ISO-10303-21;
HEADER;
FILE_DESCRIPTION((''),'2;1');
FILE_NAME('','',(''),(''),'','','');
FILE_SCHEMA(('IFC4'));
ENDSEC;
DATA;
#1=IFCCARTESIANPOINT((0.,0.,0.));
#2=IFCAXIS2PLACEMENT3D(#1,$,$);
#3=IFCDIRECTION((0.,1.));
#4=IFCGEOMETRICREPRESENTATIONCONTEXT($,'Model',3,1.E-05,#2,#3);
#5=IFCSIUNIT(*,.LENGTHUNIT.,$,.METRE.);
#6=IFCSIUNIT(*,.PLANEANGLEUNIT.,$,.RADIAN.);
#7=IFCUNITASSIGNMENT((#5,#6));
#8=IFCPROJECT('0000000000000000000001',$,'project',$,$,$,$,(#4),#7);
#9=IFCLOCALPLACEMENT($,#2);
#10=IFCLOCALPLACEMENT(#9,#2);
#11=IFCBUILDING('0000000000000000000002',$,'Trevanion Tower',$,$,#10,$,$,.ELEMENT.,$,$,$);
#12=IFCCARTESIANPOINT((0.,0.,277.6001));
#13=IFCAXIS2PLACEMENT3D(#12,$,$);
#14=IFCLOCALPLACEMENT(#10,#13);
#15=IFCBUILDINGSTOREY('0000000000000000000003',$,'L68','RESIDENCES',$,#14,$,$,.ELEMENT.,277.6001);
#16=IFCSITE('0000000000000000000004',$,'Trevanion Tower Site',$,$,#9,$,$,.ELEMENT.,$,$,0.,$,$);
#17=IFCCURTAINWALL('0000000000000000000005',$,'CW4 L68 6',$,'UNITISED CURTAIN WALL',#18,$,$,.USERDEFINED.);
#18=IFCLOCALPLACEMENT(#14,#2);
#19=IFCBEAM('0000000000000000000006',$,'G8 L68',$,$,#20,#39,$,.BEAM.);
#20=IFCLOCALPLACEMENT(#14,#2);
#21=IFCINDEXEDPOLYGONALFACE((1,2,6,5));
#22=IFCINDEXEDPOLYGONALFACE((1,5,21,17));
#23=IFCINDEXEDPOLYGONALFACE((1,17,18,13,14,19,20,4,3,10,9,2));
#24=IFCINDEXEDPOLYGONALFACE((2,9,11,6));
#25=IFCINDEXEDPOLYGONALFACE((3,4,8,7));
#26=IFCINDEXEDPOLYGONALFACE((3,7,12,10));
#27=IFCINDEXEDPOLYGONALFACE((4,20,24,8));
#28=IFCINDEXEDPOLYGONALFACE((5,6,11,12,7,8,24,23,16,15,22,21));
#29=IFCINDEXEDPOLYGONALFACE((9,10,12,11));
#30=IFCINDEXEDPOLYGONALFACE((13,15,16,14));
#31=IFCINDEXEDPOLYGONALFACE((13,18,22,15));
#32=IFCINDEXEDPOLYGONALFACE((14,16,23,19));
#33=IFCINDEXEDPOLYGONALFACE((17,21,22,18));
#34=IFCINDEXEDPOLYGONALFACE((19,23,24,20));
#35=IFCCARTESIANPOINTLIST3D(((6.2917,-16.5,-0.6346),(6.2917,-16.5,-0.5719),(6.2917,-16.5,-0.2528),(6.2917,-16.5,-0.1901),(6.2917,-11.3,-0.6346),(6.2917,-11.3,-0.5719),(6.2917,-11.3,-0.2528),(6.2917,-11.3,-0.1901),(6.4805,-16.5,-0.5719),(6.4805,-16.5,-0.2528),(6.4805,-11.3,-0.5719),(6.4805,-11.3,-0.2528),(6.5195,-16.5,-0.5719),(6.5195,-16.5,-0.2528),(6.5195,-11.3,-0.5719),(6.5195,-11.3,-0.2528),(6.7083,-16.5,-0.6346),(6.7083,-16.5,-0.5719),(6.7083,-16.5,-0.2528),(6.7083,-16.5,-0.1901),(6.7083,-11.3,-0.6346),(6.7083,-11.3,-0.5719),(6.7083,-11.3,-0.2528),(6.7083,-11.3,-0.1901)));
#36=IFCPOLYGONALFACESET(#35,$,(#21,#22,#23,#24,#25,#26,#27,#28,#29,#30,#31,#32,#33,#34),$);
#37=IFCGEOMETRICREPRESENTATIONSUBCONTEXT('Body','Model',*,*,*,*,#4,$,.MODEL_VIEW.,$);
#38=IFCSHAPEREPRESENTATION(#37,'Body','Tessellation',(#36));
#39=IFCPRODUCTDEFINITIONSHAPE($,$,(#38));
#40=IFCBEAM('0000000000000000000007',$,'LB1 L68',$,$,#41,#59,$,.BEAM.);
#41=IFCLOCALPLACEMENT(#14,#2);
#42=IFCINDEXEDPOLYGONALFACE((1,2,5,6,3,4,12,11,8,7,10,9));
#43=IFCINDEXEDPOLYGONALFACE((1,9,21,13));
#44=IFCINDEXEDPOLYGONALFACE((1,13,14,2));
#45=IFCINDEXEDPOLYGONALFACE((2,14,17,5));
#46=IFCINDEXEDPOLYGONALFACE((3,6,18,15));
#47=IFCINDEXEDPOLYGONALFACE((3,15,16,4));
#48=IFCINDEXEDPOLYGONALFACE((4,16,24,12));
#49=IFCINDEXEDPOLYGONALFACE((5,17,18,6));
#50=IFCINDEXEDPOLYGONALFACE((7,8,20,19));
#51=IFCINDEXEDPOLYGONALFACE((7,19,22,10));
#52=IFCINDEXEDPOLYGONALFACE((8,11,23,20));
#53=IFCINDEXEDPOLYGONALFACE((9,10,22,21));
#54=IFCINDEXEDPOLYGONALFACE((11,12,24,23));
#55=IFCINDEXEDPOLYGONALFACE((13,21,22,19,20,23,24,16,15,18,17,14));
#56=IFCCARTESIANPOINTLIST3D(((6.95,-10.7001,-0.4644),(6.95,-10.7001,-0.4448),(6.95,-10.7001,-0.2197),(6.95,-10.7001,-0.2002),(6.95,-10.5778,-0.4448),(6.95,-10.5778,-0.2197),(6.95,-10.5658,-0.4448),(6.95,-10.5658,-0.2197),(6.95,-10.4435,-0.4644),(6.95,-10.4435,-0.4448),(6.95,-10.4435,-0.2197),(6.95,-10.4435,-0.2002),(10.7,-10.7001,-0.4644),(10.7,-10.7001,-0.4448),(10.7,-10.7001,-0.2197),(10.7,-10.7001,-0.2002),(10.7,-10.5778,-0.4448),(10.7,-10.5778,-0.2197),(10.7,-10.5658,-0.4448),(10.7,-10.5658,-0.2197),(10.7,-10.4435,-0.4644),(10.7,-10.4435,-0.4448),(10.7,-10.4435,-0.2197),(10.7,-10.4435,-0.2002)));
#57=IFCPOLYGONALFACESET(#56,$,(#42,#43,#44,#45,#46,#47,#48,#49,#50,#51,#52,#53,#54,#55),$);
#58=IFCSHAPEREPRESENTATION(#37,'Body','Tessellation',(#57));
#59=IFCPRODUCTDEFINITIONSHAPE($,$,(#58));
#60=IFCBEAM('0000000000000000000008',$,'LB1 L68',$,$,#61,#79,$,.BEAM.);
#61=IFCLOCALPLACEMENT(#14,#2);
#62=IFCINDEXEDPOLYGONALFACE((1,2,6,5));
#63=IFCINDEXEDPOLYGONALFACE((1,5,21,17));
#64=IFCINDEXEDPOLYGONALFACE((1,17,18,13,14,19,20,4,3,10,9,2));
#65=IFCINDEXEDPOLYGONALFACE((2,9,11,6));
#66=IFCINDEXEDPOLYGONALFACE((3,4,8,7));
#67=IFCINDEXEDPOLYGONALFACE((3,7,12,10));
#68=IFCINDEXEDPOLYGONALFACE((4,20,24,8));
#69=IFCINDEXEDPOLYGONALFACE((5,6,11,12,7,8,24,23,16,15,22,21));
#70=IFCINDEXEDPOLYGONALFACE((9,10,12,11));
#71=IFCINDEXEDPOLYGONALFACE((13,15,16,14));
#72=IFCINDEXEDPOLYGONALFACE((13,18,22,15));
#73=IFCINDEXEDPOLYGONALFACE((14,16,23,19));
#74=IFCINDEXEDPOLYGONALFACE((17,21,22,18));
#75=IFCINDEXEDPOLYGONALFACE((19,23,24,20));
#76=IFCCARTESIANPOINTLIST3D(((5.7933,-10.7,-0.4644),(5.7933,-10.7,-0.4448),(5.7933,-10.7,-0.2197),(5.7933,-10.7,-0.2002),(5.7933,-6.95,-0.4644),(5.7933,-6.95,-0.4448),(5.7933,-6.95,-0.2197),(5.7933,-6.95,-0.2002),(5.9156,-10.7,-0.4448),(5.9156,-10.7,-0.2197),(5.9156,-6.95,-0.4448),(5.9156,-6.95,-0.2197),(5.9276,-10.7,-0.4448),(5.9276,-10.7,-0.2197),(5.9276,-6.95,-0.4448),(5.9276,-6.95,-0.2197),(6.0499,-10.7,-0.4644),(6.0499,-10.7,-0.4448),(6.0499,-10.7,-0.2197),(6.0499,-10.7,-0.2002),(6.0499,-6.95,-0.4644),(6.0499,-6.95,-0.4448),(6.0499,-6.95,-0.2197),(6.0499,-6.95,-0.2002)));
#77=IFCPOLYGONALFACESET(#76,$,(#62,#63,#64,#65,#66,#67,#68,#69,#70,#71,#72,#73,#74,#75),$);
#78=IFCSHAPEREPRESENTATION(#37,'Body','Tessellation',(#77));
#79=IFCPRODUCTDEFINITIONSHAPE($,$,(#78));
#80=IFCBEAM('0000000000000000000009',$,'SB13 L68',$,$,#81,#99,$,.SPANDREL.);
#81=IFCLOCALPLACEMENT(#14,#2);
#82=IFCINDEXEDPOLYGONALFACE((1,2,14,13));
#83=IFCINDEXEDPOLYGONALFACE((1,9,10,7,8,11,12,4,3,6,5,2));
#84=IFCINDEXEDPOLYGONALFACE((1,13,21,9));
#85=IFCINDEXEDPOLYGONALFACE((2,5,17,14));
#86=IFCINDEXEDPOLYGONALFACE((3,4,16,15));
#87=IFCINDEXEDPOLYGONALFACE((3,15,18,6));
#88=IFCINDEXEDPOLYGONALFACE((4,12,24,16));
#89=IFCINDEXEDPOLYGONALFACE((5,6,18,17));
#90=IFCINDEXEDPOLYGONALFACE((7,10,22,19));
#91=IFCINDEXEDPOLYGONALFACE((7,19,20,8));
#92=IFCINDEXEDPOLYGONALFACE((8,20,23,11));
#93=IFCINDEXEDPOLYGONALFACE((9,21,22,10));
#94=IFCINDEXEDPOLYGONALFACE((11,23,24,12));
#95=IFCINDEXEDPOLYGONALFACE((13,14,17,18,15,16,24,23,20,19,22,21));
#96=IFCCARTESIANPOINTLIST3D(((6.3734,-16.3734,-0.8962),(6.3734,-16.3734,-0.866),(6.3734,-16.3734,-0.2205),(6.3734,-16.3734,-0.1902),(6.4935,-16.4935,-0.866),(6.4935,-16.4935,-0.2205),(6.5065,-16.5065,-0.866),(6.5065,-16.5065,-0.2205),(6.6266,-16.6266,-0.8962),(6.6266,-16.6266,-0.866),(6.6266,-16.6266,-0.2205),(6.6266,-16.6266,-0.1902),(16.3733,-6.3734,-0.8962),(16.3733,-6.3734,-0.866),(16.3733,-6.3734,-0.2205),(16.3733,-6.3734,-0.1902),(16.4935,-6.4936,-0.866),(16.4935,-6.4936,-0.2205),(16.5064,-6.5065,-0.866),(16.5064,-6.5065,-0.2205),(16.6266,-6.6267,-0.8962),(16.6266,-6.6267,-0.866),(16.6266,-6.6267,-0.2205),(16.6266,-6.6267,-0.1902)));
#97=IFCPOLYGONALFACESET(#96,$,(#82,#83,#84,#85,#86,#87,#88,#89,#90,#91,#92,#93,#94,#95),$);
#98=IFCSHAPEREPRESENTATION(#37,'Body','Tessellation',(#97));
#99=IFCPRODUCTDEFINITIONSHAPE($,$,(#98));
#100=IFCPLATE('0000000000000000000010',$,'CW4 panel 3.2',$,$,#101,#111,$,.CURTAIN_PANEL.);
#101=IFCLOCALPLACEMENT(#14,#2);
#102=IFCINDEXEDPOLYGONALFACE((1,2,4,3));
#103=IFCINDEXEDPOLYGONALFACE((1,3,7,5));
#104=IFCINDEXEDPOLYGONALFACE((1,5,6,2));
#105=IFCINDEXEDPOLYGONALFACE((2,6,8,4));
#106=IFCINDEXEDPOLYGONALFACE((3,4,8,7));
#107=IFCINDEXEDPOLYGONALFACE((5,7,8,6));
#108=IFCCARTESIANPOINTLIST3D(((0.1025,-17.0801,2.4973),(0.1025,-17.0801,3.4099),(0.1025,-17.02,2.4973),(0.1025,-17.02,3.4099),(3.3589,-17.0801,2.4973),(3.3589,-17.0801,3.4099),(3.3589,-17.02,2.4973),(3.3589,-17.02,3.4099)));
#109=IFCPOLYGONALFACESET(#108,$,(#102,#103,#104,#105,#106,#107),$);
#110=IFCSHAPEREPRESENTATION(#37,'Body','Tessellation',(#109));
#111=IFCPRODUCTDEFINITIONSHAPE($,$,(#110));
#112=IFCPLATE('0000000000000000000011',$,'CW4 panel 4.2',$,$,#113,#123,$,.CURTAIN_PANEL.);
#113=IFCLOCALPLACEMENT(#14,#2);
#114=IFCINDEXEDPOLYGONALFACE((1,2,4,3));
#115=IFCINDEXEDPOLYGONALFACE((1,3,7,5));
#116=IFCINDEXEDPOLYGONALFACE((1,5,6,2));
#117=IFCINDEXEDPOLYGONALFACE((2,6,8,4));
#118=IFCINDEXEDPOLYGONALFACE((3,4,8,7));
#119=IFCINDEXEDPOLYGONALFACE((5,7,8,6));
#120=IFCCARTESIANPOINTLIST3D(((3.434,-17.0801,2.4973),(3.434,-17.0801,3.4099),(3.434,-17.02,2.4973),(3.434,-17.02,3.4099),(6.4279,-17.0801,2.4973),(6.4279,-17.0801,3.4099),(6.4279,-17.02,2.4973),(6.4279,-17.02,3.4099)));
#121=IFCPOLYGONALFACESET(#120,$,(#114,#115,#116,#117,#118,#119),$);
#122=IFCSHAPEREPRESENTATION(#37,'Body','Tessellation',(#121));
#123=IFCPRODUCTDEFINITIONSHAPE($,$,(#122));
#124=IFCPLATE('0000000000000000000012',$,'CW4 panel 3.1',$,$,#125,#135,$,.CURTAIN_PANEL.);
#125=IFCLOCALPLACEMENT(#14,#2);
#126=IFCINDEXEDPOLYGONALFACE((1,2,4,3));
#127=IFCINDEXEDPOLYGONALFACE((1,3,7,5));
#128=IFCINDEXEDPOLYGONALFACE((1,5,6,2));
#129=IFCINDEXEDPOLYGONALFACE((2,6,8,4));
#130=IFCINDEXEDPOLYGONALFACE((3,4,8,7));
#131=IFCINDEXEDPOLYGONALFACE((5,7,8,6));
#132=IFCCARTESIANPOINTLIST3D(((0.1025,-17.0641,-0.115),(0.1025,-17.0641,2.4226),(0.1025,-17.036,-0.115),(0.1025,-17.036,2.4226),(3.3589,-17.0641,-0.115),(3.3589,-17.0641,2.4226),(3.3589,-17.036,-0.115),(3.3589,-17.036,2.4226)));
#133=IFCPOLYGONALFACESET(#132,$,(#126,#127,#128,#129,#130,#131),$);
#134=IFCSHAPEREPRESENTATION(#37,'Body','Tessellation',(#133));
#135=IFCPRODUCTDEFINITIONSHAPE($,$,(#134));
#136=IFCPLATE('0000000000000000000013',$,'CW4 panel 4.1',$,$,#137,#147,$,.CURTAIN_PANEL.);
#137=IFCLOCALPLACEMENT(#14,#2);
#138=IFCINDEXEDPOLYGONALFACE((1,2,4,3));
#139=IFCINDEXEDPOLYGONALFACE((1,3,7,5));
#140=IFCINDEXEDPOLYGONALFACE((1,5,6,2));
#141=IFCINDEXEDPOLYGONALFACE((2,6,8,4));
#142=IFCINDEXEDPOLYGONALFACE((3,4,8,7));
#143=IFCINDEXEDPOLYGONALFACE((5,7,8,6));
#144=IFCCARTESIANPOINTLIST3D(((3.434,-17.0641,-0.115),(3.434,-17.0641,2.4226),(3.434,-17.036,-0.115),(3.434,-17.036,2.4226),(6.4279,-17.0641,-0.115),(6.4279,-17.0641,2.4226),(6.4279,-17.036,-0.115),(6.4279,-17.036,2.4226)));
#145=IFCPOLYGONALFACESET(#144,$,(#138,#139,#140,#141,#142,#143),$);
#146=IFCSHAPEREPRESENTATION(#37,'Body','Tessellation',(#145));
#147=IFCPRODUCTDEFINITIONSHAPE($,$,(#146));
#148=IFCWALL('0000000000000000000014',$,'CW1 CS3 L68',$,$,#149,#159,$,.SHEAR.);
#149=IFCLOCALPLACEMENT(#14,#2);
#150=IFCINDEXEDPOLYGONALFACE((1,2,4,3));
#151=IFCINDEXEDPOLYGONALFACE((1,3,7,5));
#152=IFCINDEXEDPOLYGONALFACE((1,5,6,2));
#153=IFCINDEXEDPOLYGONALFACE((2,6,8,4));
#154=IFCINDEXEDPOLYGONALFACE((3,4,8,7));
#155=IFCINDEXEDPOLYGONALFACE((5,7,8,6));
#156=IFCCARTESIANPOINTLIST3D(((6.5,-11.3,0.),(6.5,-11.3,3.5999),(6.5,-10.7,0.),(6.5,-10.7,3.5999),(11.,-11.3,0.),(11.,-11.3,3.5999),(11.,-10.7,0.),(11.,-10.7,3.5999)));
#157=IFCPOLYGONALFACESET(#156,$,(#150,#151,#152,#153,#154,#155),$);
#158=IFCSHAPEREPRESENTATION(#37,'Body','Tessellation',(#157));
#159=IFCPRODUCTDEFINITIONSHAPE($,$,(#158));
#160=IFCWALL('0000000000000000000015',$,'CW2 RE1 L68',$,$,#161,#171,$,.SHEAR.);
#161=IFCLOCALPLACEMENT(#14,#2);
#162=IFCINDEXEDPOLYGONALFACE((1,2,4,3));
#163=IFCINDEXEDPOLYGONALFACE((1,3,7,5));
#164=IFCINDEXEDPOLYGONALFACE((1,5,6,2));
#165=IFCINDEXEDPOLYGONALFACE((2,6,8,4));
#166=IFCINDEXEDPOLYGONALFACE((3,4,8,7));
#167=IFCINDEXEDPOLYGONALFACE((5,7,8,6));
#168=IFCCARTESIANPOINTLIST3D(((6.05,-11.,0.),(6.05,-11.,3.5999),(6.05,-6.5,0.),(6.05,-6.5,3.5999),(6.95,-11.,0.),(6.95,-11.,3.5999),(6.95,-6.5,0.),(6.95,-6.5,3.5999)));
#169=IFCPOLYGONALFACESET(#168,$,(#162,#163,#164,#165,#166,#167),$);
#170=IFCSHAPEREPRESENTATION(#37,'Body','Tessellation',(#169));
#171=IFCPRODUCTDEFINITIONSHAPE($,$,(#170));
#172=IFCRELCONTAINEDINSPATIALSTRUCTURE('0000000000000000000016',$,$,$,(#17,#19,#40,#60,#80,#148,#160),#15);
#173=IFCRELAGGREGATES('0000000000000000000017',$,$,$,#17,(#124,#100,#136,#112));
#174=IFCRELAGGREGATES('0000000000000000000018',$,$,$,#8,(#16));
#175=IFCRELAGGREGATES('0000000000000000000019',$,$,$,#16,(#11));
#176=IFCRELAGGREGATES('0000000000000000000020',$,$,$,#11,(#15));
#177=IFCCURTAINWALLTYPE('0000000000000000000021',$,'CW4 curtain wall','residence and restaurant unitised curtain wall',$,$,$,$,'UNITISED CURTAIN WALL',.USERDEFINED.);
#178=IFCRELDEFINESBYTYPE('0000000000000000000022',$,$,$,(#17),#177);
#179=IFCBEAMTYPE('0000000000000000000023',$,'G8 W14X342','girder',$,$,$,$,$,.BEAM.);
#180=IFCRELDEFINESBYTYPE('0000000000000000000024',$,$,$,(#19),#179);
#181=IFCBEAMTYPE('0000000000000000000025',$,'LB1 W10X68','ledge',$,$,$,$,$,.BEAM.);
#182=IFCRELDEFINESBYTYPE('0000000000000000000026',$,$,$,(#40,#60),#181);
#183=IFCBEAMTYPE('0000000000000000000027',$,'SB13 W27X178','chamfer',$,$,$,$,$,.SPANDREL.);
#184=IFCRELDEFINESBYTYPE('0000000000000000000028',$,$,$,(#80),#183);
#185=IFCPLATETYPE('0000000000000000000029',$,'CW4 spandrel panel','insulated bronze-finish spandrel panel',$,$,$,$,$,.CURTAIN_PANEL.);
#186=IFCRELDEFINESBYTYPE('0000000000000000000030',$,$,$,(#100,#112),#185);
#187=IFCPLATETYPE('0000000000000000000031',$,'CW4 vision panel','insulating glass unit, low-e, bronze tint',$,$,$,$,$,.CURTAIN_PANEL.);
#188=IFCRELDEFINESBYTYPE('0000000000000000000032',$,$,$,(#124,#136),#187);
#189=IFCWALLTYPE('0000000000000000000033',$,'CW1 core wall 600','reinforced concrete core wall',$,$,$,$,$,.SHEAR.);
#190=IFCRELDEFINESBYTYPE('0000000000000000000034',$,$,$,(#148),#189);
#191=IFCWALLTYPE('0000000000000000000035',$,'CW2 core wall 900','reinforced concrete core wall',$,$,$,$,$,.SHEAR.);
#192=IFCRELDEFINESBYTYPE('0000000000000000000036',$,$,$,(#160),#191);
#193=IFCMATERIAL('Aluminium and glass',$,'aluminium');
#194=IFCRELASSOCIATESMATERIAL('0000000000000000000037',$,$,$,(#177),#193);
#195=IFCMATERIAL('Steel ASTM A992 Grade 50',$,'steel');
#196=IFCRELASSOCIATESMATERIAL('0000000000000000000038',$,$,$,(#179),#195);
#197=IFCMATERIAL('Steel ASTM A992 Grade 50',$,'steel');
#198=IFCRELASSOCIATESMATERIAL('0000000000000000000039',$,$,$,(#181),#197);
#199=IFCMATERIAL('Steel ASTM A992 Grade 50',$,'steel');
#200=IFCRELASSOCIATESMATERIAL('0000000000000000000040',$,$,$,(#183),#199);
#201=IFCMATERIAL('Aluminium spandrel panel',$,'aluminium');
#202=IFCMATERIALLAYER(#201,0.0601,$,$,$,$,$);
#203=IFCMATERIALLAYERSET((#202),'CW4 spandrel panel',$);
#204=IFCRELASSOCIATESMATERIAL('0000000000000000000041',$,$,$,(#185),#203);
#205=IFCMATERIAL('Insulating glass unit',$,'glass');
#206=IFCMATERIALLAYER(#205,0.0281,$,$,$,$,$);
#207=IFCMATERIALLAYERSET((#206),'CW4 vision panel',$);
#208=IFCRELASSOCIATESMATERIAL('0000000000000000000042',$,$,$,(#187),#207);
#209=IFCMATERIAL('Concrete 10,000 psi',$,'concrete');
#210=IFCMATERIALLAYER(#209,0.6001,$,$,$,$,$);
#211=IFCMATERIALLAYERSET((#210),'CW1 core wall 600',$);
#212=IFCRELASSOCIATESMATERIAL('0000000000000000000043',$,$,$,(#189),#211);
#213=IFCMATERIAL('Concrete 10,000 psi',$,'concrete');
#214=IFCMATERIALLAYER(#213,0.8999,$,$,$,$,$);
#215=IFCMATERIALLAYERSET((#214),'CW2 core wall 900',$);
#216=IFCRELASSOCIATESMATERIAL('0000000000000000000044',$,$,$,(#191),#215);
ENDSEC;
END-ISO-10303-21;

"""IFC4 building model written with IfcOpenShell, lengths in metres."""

from ifc_helpers import new_model, si_unit, direction, frame, frame_2d, origin, origin_2d, place, context, subcontext, project, spatial, rectangle, i_section, extrude, material, layer, layer_set, material_profile, profile_set, type_object, element, aggregate, save


model = new_model("IFC4")

# Units and contexts
model_context = context("Model", 3, precision=1e-05, world=origin(), true_north=direction((0.0, 1.0)))
body_context = subcontext(model_context, "Body", "Model", "MODEL_VIEW")
ifc_project = project(units=[si_unit("LENGTHUNIT", "METRE"), si_unit("PLANEANGLEUNIT", "RADIAN")], contexts=[model_context])

# Site, building, storey
site_placement = place(None, origin())
site = spatial("IfcSite", under=ifc_project, at=site_placement, Name="Trevanion Tower Site", CompositionType="ELEMENT", RefElevation=0.0)
building_placement = place(site_placement, origin())
building = spatial("IfcBuilding", under=site, at=building_placement, Name="Trevanion Tower", CompositionType="ELEMENT")
storey_placement = place(building_placement, frame((0.0, 0.0, 277.6001)))
storey = spatial("IfcBuildingStorey", under=building, at=storey_placement, Name="L68", Description="RESIDENCES", CompositionType="ELEMENT", Elevation=277.6001)

# Curtain wall
ifc_material_1 = material(Name="Aluminium and glass", Category="aluminium")
curtain_wall_type = type_object("IfcCurtainWallType", Name="CW4 curtain wall", Description="residence and restaurant unitised curtain wall", ElementType="UNITISED CURTAIN WALL", PredefinedType="USERDEFINED", material=ifc_material_1)
curtain_wall_1_placement = place(storey_placement, origin())
curtain_wall_1 = element("IfcCurtainWall", 1, at=curtain_wall_1_placement, inside=storey, type_object=curtain_wall_type, Name="CW4 L68 6", ObjectType="UNITISED CURTAIN WALL", PredefinedType="USERDEFINED")

# Beams
ifc_material_2 = material(Name="Steel ASTM A992 Grade 50", Category="steel")
ifc_material_profile_1 = material_profile(ifc_material_2, i_section(OverallWidth=0.4165, OverallDepth=0.4446, WebThickness=0.0391, FlangeThickness=0.0627, at=origin_2d()), Name="W14X342")
ifc_profile_set_1 = profile_set([ifc_material_profile_1], Name="Steel ASTM A992 Grade 50")
beam_type_1 = type_object("IfcBeamType", Name="G8 W14X342", Description="girder", PredefinedType="BEAM", material=ifc_profile_set_1)
beam_1_placement = place(storey_placement, frame((6.5, -11.3, -0.4124), z_axis=(0.0, -1.0, 0.0), x_axis=(1.0, 0.0, 0.0)))
element("IfcBeam", 2, at=beam_1_placement, inside=storey, type_object=beam_type_1, Name="G8 L68", PredefinedType="BEAM", context=body_context, shape_type="SweptSolid", body=[
    extrude(i_section(OverallWidth=0.4165, OverallDepth=0.4446, WebThickness=0.0391, FlangeThickness=0.0627, at=origin_2d()), origin(), (0.0, 0.0, 1.0), 5.2),
])
ifc_material_3 = material(Name="Steel ASTM A992 Grade 50", Category="steel")
ifc_material_profile_2 = material_profile(ifc_material_3, i_section(OverallWidth=0.2566, OverallDepth=0.2642, WebThickness=0.012, FlangeThickness=0.0195, at=origin_2d()), Name="W10X68")
ifc_profile_set_2 = profile_set([ifc_material_profile_2], Name="Steel ASTM A992 Grade 50")
beam_type_2 = type_object("IfcBeamType", Name="LB1 W10X68", Description="ledge", PredefinedType="BEAM", material=ifc_profile_set_2)
for number, where, z_axis, x_axis, name in (
    (3, (6.95, -10.5718, -0.3323), (1.0, 0.0, 0.0), (0.0, 1.0, 0.0), "LB1 L68"),
    (4, (5.9216, -10.7, -0.3323), (0.0, 1.0, 0.0), (-1.0, 0.0, 0.0), "LB1 L68"),
):
    element("IfcBeam", number, at=place(storey_placement, frame(where, z_axis=z_axis, x_axis=x_axis)), inside=storey, type_object=beam_type_2, Name=name, PredefinedType="BEAM", context=body_context, shape_type="SweptSolid", body=[
        extrude(i_section(OverallWidth=0.2566, OverallDepth=0.2642, WebThickness=0.012, FlangeThickness=0.0195, at=origin_2d()), origin(), (0.0, 0.0, 1.0), 3.75),
    ])
ifc_material_4 = material(Name="Steel ASTM A992 Grade 50", Category="steel")
ifc_material_profile_3 = material_profile(ifc_material_4, i_section(OverallWidth=0.3582, OverallDepth=0.7061, WebThickness=0.0183, FlangeThickness=0.0303, at=origin_2d()), Name="W27X178")
ifc_profile_set_3 = profile_set([ifc_material_profile_3], Name="Steel ASTM A992 Grade 50")
beam_type_3 = type_object("IfcBeamType", Name="SB13 W27X178", Description="chamfer", PredefinedType="SPANDREL", material=ifc_profile_set_3)
beam_2_placement = place(storey_placement, frame((6.5, -16.5, -0.5432), z_axis=(0.707107, 0.707107, 0.0), x_axis=(-0.707107, 0.707107, 0.0)))
element("IfcBeam", 5, at=beam_2_placement, inside=storey, type_object=beam_type_3, Name="SB13 L68", PredefinedType="SPANDREL", context=body_context, shape_type="SweptSolid", body=[
    extrude(i_section(OverallWidth=0.3582, OverallDepth=0.7061, WebThickness=0.0183, FlangeThickness=0.0303, at=origin_2d()), origin(), (0.0, 0.0, 1.0), 14.1421),
])

# Plates
ifc_material_5 = material(Name="Aluminium spandrel panel", Category="aluminium")
ifc_layer_1 = layer(ifc_material_5, 0.0601)
ifc_layer_set_1 = layer_set([ifc_layer_1], Name="CW4 spandrel panel")
plate_type_1 = type_object("IfcPlateType", Name="CW4 spandrel panel", Description="insulated bronze-finish spandrel panel", PredefinedType="CURTAIN_PANEL", material=ifc_layer_set_1)
plate_1_placement = place(storey_placement, frame((1.7307, -17.05, 2.4973), z_axis=(0.0, 0.0, 1.0), x_axis=(1.0, 0.0, 0.0)))
plate_1 = element("IfcPlate", 6, at=plate_1_placement, type_object=plate_type_1, Name="CW4 panel 3.2", PredefinedType="CURTAIN_PANEL", context=body_context, shape_type="SweptSolid", body=[
    extrude(rectangle(XDim=3.2563, YDim=0.0601, at=origin_2d()), origin(), (0.0, 0.0, 1.0), 0.9126),
])
plate_2_placement = place(storey_placement, frame((4.9309, -17.05, 2.4973), z_axis=(0.0, 0.0, 1.0), x_axis=(1.0, 0.0, 0.0)))
plate_2 = element("IfcPlate", 7, at=plate_2_placement, type_object=plate_type_1, Name="CW4 panel 4.2", PredefinedType="CURTAIN_PANEL", context=body_context, shape_type="SweptSolid", body=[
    extrude(rectangle(XDim=2.9939, YDim=0.0601, at=origin_2d()), origin(), (0.0, 0.0, 1.0), 0.9126),
])
ifc_material_6 = material(Name="Insulating glass unit", Category="glass")
ifc_layer_2 = layer(ifc_material_6, 0.0281)
ifc_layer_set_2 = layer_set([ifc_layer_2], Name="CW4 vision panel")
plate_type_2 = type_object("IfcPlateType", Name="CW4 vision panel", Description="insulating glass unit, low-e, bronze tint", PredefinedType="CURTAIN_PANEL", material=ifc_layer_set_2)
plate_3_placement = place(storey_placement, frame((1.7307, -17.05, -0.115), z_axis=(0.0, 0.0, 1.0), x_axis=(1.0, 0.0, 0.0)))
plate_3 = element("IfcPlate", 8, at=plate_3_placement, type_object=plate_type_2, Name="CW4 panel 3.1", PredefinedType="CURTAIN_PANEL", context=body_context, shape_type="SweptSolid", body=[
    extrude(rectangle(XDim=3.2563, YDim=0.0281, at=origin_2d()), origin(), (0.0, 0.0, 1.0), 2.5376),
])
plate_4_placement = place(storey_placement, frame((4.9309, -17.05, -0.115), z_axis=(0.0, 0.0, 1.0), x_axis=(1.0, 0.0, 0.0)))
plate_4 = element("IfcPlate", 9, at=plate_4_placement, type_object=plate_type_2, Name="CW4 panel 4.1", PredefinedType="CURTAIN_PANEL", context=body_context, shape_type="SweptSolid", body=[
    extrude(rectangle(XDim=2.9939, YDim=0.0281, at=origin_2d()), origin(), (0.0, 0.0, 1.0), 2.5376),
])
aggregate(curtain_wall_1, [plate_3, plate_1, plate_4, plate_2])

# Walls
ifc_material_7 = material(Name="Concrete 10,000 psi", Category="concrete")
ifc_layer_3 = layer(ifc_material_7, 0.6001)
ifc_layer_set_3 = layer_set([ifc_layer_3], Name="CW1 core wall 600")
wall_type_1 = type_object("IfcWallType", Name="CW1 core wall 600", Description="reinforced concrete core wall", PredefinedType="SHEAR", material=ifc_layer_set_3)
wall_1_placement = place(storey_placement, frame((6.5, -11.0, 0.0), z_axis=(0.0, 0.0, 1.0), x_axis=(1.0, 0.0, 0.0)))
element("IfcWall", 10, at=wall_1_placement, inside=storey, type_object=wall_type_1, Name="CW1 CS3 L68", PredefinedType="SHEAR", context=body_context, shape_type="SweptSolid", body=[
    extrude(rectangle(XDim=4.5, YDim=0.6001, at=frame_2d((2.25, 0.0))), origin(), (0.0, 0.0, 1.0), 3.5999),
])
ifc_material_8 = material(Name="Concrete 10,000 psi", Category="concrete")
ifc_layer_4 = layer(ifc_material_8, 0.8999)
ifc_layer_set_4 = layer_set([ifc_layer_4], Name="CW2 core wall 900")
wall_type_2 = type_object("IfcWallType", Name="CW2 core wall 900", Description="reinforced concrete core wall", PredefinedType="SHEAR", material=ifc_layer_set_4)
wall_2_placement = place(storey_placement, frame((6.5, -11.0, 0.0), z_axis=(0.0, 0.0, 1.0), x_axis=(0.0, 1.0, 0.0)))
element("IfcWall", 11, at=wall_2_placement, inside=storey, type_object=wall_type_2, Name="CW2 RE1 L68", PredefinedType="SHEAR", context=body_context, shape_type="SweptSolid", body=[
    extrude(rectangle(XDim=4.5, YDim=0.8999, at=frame_2d((2.25, 0.0))), origin(), (0.0, 0.0, 1.0), 3.5999),
])

save(model, "model.ifc")
